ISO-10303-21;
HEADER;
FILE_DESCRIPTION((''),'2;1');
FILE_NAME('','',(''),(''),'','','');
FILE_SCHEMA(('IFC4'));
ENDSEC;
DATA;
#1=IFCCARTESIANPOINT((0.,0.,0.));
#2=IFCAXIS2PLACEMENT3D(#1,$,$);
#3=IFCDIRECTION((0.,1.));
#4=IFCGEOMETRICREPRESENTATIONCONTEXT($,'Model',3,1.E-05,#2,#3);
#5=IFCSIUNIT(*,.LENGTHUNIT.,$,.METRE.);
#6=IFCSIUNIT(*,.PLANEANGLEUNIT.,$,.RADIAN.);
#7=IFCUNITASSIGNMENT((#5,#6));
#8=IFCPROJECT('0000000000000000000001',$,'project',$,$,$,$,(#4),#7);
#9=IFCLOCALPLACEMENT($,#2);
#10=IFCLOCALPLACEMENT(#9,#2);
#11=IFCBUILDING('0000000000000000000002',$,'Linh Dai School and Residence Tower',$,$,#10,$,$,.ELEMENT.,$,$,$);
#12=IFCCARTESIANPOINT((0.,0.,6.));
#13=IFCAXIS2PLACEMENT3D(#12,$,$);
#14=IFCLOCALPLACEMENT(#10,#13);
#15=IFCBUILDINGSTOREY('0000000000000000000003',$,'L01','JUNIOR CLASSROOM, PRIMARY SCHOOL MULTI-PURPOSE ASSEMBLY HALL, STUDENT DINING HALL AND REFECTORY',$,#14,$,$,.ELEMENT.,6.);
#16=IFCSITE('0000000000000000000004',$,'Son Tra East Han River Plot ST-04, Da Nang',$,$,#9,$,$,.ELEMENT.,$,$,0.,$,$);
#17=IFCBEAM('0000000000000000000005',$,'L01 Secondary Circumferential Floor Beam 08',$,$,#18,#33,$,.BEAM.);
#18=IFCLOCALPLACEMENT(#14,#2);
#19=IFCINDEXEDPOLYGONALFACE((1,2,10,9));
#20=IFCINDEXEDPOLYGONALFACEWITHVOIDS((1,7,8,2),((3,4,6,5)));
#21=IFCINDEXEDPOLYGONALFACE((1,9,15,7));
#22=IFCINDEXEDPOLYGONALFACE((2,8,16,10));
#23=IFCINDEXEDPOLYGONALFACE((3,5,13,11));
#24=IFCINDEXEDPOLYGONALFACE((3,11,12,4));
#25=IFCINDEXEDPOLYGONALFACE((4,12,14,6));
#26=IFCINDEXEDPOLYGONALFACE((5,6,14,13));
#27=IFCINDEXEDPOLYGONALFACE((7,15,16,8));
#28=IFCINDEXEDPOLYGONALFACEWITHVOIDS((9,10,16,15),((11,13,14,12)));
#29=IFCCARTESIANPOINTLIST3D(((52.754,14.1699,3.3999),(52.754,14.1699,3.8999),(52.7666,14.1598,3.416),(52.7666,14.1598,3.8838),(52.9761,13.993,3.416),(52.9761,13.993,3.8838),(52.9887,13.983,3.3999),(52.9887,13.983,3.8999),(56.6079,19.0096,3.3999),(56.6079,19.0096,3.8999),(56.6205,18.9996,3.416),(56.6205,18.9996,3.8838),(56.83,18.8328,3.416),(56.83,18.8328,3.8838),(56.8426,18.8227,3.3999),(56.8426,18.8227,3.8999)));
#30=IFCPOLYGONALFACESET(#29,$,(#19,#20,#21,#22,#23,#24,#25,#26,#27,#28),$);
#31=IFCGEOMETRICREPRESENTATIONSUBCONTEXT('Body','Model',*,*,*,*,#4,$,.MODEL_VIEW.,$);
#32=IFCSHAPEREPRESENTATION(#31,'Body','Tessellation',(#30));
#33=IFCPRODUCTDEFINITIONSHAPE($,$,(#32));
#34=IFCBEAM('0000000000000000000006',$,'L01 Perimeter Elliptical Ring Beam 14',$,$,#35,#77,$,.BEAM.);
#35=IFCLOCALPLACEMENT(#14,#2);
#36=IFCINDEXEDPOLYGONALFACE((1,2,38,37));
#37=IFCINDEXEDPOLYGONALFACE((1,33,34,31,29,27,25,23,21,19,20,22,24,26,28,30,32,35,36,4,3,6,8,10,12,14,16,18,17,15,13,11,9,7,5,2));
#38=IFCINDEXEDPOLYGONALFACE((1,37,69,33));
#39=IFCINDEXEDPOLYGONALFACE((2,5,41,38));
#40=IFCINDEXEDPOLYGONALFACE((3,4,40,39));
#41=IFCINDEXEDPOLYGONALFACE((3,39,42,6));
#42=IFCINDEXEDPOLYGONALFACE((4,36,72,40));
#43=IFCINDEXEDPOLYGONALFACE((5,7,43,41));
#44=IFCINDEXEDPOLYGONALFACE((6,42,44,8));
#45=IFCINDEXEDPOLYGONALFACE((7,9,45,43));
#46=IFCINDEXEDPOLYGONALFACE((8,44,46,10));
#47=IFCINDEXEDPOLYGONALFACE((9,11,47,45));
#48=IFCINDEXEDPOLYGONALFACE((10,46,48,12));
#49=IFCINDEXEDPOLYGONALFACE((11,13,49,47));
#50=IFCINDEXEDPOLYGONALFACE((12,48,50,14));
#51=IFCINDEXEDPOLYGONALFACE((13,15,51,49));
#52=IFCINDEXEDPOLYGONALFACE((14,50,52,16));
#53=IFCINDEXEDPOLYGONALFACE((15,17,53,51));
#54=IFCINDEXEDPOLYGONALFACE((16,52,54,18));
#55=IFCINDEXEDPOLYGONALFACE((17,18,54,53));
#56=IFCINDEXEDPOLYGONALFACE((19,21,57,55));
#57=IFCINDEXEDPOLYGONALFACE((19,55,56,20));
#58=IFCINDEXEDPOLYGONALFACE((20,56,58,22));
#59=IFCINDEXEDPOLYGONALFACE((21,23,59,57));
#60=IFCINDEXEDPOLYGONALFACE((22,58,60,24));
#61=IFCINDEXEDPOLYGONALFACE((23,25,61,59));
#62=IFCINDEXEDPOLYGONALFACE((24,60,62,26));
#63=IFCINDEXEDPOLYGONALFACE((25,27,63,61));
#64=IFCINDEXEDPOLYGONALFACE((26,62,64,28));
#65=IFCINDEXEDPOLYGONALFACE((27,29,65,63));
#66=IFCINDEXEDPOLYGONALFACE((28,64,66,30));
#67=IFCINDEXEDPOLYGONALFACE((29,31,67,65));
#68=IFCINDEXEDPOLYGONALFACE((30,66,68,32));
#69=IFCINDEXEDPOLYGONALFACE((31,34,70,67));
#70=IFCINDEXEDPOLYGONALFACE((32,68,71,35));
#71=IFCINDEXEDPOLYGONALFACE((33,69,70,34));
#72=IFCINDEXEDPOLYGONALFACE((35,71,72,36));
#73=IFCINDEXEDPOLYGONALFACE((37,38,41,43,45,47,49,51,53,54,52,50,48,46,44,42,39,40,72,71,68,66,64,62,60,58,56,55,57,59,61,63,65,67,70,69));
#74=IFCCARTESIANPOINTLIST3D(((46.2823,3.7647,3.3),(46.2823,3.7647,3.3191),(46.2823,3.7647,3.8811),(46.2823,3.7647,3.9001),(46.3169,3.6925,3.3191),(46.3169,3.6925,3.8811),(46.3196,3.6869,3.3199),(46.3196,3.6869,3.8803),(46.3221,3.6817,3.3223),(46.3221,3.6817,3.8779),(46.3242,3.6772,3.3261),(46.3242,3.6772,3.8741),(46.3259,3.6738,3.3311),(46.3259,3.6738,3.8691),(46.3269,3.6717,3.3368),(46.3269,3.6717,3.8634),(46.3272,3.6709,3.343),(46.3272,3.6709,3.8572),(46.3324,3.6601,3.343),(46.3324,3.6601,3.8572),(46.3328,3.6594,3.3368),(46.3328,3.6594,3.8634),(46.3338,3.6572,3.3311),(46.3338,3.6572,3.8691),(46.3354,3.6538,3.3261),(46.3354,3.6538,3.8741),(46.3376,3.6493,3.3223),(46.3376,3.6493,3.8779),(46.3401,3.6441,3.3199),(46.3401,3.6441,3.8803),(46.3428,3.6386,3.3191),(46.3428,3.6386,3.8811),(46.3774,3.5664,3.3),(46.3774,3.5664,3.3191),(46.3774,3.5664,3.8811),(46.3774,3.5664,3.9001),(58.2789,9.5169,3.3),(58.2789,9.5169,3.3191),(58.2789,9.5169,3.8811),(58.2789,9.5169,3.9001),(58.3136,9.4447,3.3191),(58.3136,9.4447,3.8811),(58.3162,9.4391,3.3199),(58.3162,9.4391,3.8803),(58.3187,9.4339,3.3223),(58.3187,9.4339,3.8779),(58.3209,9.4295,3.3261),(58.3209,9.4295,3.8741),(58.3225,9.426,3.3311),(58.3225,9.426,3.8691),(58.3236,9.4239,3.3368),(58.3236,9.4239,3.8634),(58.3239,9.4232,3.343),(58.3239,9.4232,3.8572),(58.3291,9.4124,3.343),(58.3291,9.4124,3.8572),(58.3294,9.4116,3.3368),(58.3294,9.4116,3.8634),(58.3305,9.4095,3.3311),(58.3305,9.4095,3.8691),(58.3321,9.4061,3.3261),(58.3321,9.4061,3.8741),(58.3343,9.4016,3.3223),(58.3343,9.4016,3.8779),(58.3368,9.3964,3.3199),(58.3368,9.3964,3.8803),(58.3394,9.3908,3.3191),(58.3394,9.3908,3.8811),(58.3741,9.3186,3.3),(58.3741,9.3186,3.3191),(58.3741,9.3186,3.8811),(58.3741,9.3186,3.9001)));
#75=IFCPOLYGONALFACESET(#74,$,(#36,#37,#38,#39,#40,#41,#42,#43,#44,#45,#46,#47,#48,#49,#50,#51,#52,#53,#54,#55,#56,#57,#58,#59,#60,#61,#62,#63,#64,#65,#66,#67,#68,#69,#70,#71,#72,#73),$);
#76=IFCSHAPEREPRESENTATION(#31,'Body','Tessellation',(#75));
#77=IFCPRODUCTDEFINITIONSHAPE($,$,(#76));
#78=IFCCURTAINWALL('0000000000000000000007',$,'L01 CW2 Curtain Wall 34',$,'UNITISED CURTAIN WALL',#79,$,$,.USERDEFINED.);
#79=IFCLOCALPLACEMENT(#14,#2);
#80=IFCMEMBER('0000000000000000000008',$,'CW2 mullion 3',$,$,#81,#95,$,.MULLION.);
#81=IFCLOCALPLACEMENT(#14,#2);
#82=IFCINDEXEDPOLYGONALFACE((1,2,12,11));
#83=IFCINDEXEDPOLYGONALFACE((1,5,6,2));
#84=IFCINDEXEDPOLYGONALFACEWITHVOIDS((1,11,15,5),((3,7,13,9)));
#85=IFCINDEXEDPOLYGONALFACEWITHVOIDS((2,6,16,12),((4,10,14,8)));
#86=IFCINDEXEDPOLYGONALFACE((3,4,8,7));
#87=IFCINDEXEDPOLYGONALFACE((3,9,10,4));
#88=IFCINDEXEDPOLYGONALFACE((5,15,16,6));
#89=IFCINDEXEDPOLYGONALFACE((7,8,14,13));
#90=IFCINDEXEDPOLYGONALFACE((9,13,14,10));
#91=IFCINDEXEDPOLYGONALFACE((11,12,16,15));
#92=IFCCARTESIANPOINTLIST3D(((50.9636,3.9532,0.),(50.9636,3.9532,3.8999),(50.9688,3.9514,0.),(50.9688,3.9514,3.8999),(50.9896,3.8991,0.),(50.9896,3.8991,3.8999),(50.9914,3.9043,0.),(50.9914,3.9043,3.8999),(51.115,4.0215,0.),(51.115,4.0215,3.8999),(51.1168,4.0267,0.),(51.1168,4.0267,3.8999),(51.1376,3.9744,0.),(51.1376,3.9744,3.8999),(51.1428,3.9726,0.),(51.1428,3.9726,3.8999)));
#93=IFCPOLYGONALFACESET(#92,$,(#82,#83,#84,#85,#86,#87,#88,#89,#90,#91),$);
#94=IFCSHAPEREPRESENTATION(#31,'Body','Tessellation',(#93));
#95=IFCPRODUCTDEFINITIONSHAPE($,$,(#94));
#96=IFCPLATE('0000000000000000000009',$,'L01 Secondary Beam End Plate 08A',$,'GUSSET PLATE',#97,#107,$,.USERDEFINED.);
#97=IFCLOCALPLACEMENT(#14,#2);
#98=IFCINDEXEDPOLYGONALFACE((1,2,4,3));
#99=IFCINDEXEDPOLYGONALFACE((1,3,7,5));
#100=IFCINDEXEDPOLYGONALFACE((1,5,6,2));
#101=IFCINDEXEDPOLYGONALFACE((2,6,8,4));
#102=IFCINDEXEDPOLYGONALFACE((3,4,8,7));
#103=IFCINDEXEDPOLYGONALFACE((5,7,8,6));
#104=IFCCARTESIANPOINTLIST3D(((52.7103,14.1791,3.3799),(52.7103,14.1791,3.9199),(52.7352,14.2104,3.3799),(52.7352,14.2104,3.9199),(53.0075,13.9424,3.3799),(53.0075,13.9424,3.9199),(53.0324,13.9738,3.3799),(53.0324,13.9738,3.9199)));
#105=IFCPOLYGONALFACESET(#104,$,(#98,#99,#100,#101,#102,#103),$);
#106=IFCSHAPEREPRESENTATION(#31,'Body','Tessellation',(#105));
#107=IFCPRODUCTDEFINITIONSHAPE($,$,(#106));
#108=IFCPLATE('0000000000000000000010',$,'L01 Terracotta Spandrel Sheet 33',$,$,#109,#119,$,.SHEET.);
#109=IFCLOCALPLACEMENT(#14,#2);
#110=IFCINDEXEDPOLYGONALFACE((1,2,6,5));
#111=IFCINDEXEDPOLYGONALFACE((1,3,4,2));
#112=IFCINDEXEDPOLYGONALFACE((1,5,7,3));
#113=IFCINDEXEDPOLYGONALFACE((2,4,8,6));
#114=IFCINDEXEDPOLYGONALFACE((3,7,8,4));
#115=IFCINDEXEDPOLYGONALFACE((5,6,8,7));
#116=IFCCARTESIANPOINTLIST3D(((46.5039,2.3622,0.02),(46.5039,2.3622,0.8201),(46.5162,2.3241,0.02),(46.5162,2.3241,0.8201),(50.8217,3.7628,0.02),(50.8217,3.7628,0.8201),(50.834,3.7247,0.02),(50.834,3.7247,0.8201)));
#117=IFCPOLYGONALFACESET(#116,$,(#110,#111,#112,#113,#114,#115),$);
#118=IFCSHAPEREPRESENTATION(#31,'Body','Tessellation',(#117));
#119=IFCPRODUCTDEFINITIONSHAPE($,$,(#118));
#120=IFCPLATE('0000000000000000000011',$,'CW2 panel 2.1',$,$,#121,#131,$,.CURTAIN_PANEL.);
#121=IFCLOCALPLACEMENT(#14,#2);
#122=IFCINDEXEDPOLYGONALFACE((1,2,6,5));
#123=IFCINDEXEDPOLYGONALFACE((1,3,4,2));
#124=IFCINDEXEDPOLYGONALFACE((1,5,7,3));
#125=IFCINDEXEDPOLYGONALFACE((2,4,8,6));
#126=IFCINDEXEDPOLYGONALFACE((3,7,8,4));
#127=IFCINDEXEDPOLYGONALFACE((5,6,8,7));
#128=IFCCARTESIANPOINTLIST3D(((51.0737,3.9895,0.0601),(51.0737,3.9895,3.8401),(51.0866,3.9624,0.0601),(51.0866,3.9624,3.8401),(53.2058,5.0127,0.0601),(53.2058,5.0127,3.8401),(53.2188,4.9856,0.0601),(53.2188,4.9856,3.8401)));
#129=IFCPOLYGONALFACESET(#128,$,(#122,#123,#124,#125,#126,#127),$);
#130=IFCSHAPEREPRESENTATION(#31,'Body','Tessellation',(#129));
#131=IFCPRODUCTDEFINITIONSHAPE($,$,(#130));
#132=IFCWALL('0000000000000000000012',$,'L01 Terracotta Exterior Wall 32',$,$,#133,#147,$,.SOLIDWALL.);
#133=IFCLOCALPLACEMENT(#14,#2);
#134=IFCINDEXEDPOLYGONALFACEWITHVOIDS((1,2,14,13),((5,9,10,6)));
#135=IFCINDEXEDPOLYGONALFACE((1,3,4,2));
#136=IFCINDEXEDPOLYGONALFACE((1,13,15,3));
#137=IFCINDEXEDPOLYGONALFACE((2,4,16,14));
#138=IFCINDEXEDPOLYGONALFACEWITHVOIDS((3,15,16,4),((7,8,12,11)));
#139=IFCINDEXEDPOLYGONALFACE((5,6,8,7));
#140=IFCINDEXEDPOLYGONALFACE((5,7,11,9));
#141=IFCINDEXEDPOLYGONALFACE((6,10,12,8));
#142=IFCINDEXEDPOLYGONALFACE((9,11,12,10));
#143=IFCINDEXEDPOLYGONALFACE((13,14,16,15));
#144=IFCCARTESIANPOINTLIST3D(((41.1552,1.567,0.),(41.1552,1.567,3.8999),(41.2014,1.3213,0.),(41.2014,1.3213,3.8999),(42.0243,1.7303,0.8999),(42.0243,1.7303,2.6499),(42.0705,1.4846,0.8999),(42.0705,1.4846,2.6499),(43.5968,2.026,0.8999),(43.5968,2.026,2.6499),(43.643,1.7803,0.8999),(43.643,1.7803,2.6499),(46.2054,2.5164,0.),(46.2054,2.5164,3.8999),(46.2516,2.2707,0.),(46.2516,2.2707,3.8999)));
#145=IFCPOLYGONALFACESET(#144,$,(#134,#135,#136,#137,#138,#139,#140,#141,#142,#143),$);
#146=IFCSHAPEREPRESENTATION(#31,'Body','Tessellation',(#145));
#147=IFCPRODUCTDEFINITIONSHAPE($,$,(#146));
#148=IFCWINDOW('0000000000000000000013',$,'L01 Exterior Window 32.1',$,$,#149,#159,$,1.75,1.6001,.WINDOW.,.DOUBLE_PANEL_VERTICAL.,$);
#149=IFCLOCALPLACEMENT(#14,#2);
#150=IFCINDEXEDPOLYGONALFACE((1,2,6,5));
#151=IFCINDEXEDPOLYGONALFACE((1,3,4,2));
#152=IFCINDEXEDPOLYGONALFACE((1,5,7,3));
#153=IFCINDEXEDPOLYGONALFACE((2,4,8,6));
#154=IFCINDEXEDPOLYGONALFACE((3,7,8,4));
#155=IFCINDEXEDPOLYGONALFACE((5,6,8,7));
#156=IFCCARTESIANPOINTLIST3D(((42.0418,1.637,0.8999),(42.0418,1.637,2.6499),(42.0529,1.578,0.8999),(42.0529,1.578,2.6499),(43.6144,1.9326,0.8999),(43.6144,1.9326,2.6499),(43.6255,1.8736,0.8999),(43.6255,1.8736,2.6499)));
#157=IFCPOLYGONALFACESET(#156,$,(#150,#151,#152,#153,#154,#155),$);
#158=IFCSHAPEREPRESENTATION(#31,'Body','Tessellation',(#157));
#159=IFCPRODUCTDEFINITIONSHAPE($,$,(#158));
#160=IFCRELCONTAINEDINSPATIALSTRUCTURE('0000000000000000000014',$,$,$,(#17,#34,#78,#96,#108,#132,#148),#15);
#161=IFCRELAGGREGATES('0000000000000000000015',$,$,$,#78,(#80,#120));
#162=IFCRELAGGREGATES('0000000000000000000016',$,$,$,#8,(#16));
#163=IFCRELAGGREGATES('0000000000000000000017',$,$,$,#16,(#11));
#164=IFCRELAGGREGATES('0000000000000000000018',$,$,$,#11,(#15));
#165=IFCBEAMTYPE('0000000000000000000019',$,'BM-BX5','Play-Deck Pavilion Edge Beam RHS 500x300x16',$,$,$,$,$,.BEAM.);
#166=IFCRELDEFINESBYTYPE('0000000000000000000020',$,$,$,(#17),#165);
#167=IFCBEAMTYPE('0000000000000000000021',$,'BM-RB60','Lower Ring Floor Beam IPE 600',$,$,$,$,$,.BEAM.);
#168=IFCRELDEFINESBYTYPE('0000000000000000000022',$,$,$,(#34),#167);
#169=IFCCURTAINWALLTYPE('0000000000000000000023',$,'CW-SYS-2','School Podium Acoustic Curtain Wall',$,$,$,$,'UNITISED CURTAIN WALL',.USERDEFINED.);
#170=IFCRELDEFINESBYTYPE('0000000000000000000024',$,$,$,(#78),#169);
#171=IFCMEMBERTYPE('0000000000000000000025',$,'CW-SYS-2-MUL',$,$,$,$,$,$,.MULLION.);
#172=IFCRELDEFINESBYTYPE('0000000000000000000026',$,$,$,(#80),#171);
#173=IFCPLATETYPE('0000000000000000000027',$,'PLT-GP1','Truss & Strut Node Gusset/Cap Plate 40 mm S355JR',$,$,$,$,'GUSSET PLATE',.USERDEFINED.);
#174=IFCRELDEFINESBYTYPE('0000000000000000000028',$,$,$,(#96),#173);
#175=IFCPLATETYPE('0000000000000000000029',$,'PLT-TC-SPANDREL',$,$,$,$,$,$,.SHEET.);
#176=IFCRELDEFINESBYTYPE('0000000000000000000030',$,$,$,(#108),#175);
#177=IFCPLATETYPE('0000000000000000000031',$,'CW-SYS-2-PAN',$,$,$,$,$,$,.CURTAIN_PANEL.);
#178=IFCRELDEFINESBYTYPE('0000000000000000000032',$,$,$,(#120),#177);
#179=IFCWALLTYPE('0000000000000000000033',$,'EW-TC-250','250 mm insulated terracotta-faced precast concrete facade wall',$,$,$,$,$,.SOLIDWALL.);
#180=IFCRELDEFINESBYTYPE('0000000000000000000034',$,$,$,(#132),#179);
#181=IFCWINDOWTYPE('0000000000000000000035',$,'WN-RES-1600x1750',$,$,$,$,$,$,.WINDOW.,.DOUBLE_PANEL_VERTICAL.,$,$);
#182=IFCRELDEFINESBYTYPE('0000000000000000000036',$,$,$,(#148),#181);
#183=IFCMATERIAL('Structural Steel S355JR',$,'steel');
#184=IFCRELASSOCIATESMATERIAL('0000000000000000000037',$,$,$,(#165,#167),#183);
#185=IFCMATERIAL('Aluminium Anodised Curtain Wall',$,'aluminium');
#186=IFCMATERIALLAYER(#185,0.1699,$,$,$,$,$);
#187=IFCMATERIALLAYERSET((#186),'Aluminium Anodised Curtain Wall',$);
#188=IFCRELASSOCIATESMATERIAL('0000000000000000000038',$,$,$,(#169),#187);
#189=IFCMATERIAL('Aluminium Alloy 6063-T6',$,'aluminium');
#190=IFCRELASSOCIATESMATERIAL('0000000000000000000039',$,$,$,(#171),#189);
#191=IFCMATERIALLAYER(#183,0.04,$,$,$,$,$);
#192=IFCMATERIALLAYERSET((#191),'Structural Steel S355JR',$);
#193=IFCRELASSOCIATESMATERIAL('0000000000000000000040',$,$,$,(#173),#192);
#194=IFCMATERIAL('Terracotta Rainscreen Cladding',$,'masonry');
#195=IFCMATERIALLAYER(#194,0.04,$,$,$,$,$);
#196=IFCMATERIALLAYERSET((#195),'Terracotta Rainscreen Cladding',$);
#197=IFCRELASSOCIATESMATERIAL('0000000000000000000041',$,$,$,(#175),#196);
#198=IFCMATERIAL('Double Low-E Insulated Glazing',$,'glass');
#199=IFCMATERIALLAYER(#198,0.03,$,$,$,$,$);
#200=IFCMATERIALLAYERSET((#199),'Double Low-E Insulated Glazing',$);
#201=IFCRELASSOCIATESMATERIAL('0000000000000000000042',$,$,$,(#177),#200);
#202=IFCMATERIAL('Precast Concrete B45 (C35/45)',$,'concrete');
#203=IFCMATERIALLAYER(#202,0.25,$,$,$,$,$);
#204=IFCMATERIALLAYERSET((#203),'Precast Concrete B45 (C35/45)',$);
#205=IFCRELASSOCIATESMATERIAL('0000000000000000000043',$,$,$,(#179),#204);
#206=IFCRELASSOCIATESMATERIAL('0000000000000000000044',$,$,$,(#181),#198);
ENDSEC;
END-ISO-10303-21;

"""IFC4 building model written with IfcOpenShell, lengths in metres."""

from ifc_helpers import new_model, si_unit, direction, frame, frame_2d, origin, origin_2d, place, context, subcontext, project, spatial, rectangle, hollow_rectangle, i_section, extrude, source, transform, mapped, material, layer, layer_set, material_profile, profile_set, type_object, element, fill, aggregate, save


model = new_model("IFC4")

# Units and contexts
model_context = context("Model", 3, precision=1e-05, world=origin(), true_north=direction((0.0, 1.0)))
body_context = subcontext(model_context, "Body", "Model", "MODEL_VIEW")
ifc_project = project(units=[si_unit("LENGTHUNIT", "METRE"), si_unit("PLANEANGLEUNIT", "RADIAN")], contexts=[model_context])

# Site, building, storey
site_placement = place(None, origin())
site = spatial("IfcSite", under=ifc_project, at=site_placement, Name="Son Tra East Han River Plot ST-04, Da Nang", CompositionType="ELEMENT", RefElevation=0.0)
building_placement = place(site_placement, origin())
building = spatial("IfcBuilding", under=site, at=building_placement, Name="Linh Dai School and Residence Tower", CompositionType="ELEMENT")
storey_placement = place(building_placement, frame((0.0, 0.0, 6.0)))
storey = spatial("IfcBuildingStorey", under=building, at=storey_placement, Name="L01", Description="JUNIOR CLASSROOM, PRIMARY SCHOOL MULTI-PURPOSE ASSEMBLY HALL, STUDENT DINING HALL AND REFECTORY", CompositionType="ELEMENT", Elevation=6.0)

# Beams
ifc_material_1 = material(Name="Structural Steel S355JR", Category="steel")
ifc_material_profile_1 = material_profile(ifc_material_1, hollow_rectangle(XDim=0.3, YDim=0.5, WallThickness=0.0161, at=origin_2d()), Name="RHS 500x300x16")
ifc_profile_set_1 = profile_set([ifc_material_profile_1], Name="Structural Steel S355JR")
beam_type_1 = type_object("IfcBeamType", Name="BM-BX5", Description="Play-Deck Pavilion Edge Beam RHS 500x300x16", PredefinedType="BEAM", material=ifc_profile_set_1)
beam_1_placement = place(storey_placement, frame((52.8713, 14.0764, 3.6499), z_axis=(0.622932, 0.782276, 0.0), x_axis=(-0.782276, 0.622932, 0.0)))
element("IfcBeam", 1, at=beam_1_placement, inside=storey, type_object=beam_type_1, Name="L01 Secondary Circumferential Floor Beam 08", PredefinedType="BEAM", context=body_context, shape_type="SweptSolid", body=[
    extrude(hollow_rectangle(XDim=0.3, YDim=0.5, WallThickness=0.0161, at=origin_2d()), origin(), (0.0, 0.0, 1.0), 6.1868),
])
ifc_material_profile_2 = material_profile(ifc_material_1, i_section(OverallWidth=0.22, OverallDepth=0.6001, WebThickness=0.012, FlangeThickness=0.019, FilletRadius=0.0239, at=origin_2d()), Name="IPE 600")
ifc_profile_set_2 = profile_set([ifc_material_profile_2], Name="Structural Steel S355JR")
beam_type_2 = type_object("IfcBeamType", Name="BM-RB60", Description="Lower Ring Floor Beam IPE 600", PredefinedType="BEAM", material=ifc_profile_set_2)
beam_2_placement = place(storey_placement, frame((46.3298, 3.6655, 3.6001), z_axis=(0.901704, 0.432355, 0.0), x_axis=(-0.432355, 0.901704, 0.0)))
element("IfcBeam", 2, at=beam_2_placement, inside=storey, type_object=beam_type_2, Name="L01 Perimeter Elliptical Ring Beam 14", PredefinedType="BEAM", context=body_context, shape_type="SweptSolid", body=[
    extrude(i_section(OverallWidth=0.22, OverallDepth=0.6001, WebThickness=0.012, FlangeThickness=0.019, FilletRadius=0.0239, at=origin_2d()), origin(), (0.0, 0.0, 1.0), 13.3044),
])

# Curtain wall, member
ifc_material_2 = material(Name="Aluminium Anodised Curtain Wall", Category="aluminium")
ifc_layer_1 = layer(ifc_material_2, 0.1699)
ifc_layer_set_1 = layer_set([ifc_layer_1], Name="Aluminium Anodised Curtain Wall")
curtain_wall_type = type_object("IfcCurtainWallType", Name="CW-SYS-2", Description="School Podium Acoustic Curtain Wall", ElementType="UNITISED CURTAIN WALL", PredefinedType="USERDEFINED", material=ifc_layer_set_1)
curtain_wall_placement = place(storey_placement, origin())
curtain_wall = element("IfcCurtainWall", 3, at=curtain_wall_placement, inside=storey, type_object=curtain_wall_type, Name="L01 CW2 Curtain Wall 34", ObjectType="UNITISED CURTAIN WALL", PredefinedType="USERDEFINED")
ifc_material_3 = material(Name="Aluminium Alloy 6063-T6", Category="aluminium")
ifc_material_profile_3 = material_profile(ifc_material_3, hollow_rectangle(XDim=0.0601, YDim=0.1699, WallThickness=0.0039, at=origin_2d()), Name="RHS 170x60x4")
ifc_profile_set_3 = profile_set([ifc_material_profile_3], Name="Aluminium Alloy 6063-T6")
member_type = type_object("IfcMemberType", Name="CW-SYS-2-MUL", PredefinedType="MULLION", material=ifc_profile_set_3)
shared_shape_1 = source(origin(), body_context, "Body", "SweptSolid", [
    extrude(hollow_rectangle(XDim=0.0601, YDim=0.1699, WallThickness=0.0039, at=origin_2d()), origin(), (0.0, 0.0, 1.0), 3.8999),
])
member_placement = place(storey_placement, frame((51.0532, 3.9629, 0.0), z_axis=(0.0, 0.0, 1.0), x_axis=(0.432657, -0.901558, 0.0)))
member = element("IfcMember", 4, at=member_placement, type_object=member_type, Name="CW2 mullion 3", PredefinedType="MULLION", context=body_context, shape_type="MappedRepresentation", body=[
    mapped(shared_shape_1, transform((0.0, 0.0, 0.0), x_axis=(1.0, 0.0, 0.0), y_axis=(0.0, 1.0, 0.0), z_axis=(0.0, 0.0, 1.0), scale=1.0)),
])

# Plates
ifc_layer_2 = layer(ifc_material_1, 0.04)
ifc_layer_set_2 = layer_set([ifc_layer_2], Name="Structural Steel S355JR")
plate_type_1 = type_object("IfcPlateType", Name="PLT-GP1", Description="Truss & Strut Node Gusset/Cap Plate 40 mm S355JR", ElementType="GUSSET PLATE", PredefinedType="USERDEFINED", material=ifc_layer_set_2)
shared_shape_2 = source(origin(), body_context, "Body", "SweptSolid", [
    extrude(rectangle(XDim=0.04, YDim=0.3799, at=origin_2d()), origin(), (0.0, 0.0, 1.0), 0.54),
])
plate_1_placement = place(storey_placement, frame((52.8713, 14.0764, 3.3799), z_axis=(0.0, 0.0, 1.0), x_axis=(0.622933, 0.782276, 0.0)))
element("IfcPlate", 5, at=plate_1_placement, inside=storey, type_object=plate_type_1, Name="L01 Secondary Beam End Plate 08A", ObjectType="GUSSET PLATE", PredefinedType="USERDEFINED", context=body_context, shape_type="MappedRepresentation", body=[
    mapped(shared_shape_2, transform((0.0, 0.0, 0.0), x_axis=(1.0, 0.0, 0.0), y_axis=(0.0, 1.0, 0.0), z_axis=(0.0, 0.0, 1.0), scale=1.0)),
])
ifc_material_4 = material(Name="Terracotta Rainscreen Cladding", Category="masonry")
ifc_layer_3 = layer(ifc_material_4, 0.04)
ifc_layer_set_3 = layer_set([ifc_layer_3], Name="Terracotta Rainscreen Cladding")
plate_type_2 = type_object("IfcPlateType", Name="PLT-TC-SPANDREL", PredefinedType="SHEET", material=ifc_layer_set_3)
shared_shape_3 = source(origin(), body_context, "Body", "SweptSolid", [
    extrude(rectangle(XDim=4.5393, YDim=0.04, at=origin_2d()), origin(), (0.0, 0.0, 1.0), 0.8),
])
plate_2_placement = place(storey_placement, frame((48.6689, 3.0435, 0.02), z_axis=(0.0, 0.0, 1.0), x_axis=(-0.951207, -0.308554, 0.0)))
element("IfcPlate", 6, at=plate_2_placement, inside=storey, type_object=plate_type_2, Name="L01 Terracotta Spandrel Sheet 33", PredefinedType="SHEET", context=body_context, shape_type="MappedRepresentation", body=[
    mapped(shared_shape_3, transform((0.0, 0.0, 0.0), x_axis=(1.0, 0.0, 0.0), y_axis=(0.0, 1.0, 0.0), z_axis=(0.0, 0.0, 1.0), scale=1.0)),
])

# Plate
ifc_material_5 = material(Name="Double Low-E Insulated Glazing", Category="glass")
ifc_layer_4 = layer(ifc_material_5, 0.03)
ifc_layer_set_4 = layer_set([ifc_layer_4], Name="Double Low-E Insulated Glazing")
plate_type_3 = type_object("IfcPlateType", Name="CW-SYS-2-PAN", PredefinedType="CURTAIN_PANEL", material=ifc_layer_set_4)
shared_shape_4 = source(origin(), body_context, "Body", "SweptSolid", [
    extrude(rectangle(XDim=2.365, YDim=0.03, at=origin_2d()), origin(), (0.0, 0.0, 1.0), 3.78),
])
plate_3_placement = place(storey_placement, frame((52.1462, 4.4875, 0.0601), z_axis=(0.0, 0.0, 1.0), x_axis=(-0.901558, -0.432657, 0.0)))
plate_3 = element("IfcPlate", 7, at=plate_3_placement, type_object=plate_type_3, Name="CW2 panel 2.1", PredefinedType="CURTAIN_PANEL", context=body_context, shape_type="MappedRepresentation", body=[
    mapped(shared_shape_4, transform((0.0, 0.0, 0.0), x_axis=(1.0, 0.0, 0.0), y_axis=(0.0, 1.0, 0.0), z_axis=(0.0, 0.0, 1.0), scale=1.0)),
])
aggregate(curtain_wall, [member, plate_3])

# Wall, opening, window
ifc_material_6 = material(Name="Precast Concrete B45 (C35/45)", Category="concrete")
ifc_layer_5 = layer(ifc_material_6, 0.25)
ifc_layer_set_5 = layer_set([ifc_layer_5], Name="Precast Concrete B45 (C35/45)")
wall_type_1 = type_object("IfcWallType", Name="EW-TC-250", Description="250 mm insulated terracotta-faced precast concrete facade wall", PredefinedType="SOLIDWALL", material=ifc_layer_set_5)
wall_1_placement = place(storey_placement, frame((46.2285, 2.3936, 0.0), z_axis=(0.0, 0.0, 1.0), x_axis=(-0.982783, -0.184765, 0.0)))
wall_1 = element("IfcWall", 8, at=wall_1_placement, inside=storey, type_object=wall_type_1, Name="L01 Terracotta Exterior Wall 32", PredefinedType="SOLIDWALL", context=body_context, shape_type="SweptSolid", body=[
    extrude(rectangle(XDim=5.1387, YDim=0.25, at=frame_2d((2.5693, 0.0))), origin(), (0.0, 0.0, 1.0), 3.8999),
])
opening_1_placement = place(wall_1_placement, frame((2.6543, 0.0, 0.8999)))
opening_1 = element("IfcOpeningElement", 9, at=opening_1_placement, cuts=wall_1, PredefinedType="OPENING", context=body_context, shape_type="SweptSolid", body=[
    extrude(rectangle(XDim=1.6001, YDim=1.75, at=origin_2d()), frame((0.8, 0.135, 0.875), z_axis=(0.0, -1.0, 0.0), x_axis=(1.0, 0.0, 0.0)), (0.0, 0.0, 1.0), 0.27),
])
window_type = type_object("IfcWindowType", Name="WN-RES-1600x1750", PartitioningType="DOUBLE_PANEL_VERTICAL", PredefinedType="WINDOW", material=ifc_material_5)
shared_shape_5 = source(origin(), body_context, "Body", "SweptSolid", [
    extrude(rectangle(XDim=1.6001, YDim=1.75, at=origin_2d()), frame((0.8, 0.03, 0.875), z_axis=(0.0, -1.0, 0.0), x_axis=(1.0, 0.0, 0.0)), (0.0, 0.0, 1.0), 0.0601),
])
window_placement = place(opening_1_placement, origin())
window = element("IfcWindow", 10, at=window_placement, inside=storey, type_object=window_type, Name="L01 Exterior Window 32.1", OverallHeight=1.75, OverallWidth=1.6001, PartitioningType="DOUBLE_PANEL_VERTICAL", PredefinedType="WINDOW", context=body_context, shape_type="MappedRepresentation", body=[
    mapped(shared_shape_5, transform((0.0, 0.0, 0.0), x_axis=(1.0, 0.0, 0.0), y_axis=(0.0, 1.0, 0.0), z_axis=(0.0, 0.0, 1.0), scale=1.0)),
])
fill(opening_1, window)

save(model, "model.ifc")
